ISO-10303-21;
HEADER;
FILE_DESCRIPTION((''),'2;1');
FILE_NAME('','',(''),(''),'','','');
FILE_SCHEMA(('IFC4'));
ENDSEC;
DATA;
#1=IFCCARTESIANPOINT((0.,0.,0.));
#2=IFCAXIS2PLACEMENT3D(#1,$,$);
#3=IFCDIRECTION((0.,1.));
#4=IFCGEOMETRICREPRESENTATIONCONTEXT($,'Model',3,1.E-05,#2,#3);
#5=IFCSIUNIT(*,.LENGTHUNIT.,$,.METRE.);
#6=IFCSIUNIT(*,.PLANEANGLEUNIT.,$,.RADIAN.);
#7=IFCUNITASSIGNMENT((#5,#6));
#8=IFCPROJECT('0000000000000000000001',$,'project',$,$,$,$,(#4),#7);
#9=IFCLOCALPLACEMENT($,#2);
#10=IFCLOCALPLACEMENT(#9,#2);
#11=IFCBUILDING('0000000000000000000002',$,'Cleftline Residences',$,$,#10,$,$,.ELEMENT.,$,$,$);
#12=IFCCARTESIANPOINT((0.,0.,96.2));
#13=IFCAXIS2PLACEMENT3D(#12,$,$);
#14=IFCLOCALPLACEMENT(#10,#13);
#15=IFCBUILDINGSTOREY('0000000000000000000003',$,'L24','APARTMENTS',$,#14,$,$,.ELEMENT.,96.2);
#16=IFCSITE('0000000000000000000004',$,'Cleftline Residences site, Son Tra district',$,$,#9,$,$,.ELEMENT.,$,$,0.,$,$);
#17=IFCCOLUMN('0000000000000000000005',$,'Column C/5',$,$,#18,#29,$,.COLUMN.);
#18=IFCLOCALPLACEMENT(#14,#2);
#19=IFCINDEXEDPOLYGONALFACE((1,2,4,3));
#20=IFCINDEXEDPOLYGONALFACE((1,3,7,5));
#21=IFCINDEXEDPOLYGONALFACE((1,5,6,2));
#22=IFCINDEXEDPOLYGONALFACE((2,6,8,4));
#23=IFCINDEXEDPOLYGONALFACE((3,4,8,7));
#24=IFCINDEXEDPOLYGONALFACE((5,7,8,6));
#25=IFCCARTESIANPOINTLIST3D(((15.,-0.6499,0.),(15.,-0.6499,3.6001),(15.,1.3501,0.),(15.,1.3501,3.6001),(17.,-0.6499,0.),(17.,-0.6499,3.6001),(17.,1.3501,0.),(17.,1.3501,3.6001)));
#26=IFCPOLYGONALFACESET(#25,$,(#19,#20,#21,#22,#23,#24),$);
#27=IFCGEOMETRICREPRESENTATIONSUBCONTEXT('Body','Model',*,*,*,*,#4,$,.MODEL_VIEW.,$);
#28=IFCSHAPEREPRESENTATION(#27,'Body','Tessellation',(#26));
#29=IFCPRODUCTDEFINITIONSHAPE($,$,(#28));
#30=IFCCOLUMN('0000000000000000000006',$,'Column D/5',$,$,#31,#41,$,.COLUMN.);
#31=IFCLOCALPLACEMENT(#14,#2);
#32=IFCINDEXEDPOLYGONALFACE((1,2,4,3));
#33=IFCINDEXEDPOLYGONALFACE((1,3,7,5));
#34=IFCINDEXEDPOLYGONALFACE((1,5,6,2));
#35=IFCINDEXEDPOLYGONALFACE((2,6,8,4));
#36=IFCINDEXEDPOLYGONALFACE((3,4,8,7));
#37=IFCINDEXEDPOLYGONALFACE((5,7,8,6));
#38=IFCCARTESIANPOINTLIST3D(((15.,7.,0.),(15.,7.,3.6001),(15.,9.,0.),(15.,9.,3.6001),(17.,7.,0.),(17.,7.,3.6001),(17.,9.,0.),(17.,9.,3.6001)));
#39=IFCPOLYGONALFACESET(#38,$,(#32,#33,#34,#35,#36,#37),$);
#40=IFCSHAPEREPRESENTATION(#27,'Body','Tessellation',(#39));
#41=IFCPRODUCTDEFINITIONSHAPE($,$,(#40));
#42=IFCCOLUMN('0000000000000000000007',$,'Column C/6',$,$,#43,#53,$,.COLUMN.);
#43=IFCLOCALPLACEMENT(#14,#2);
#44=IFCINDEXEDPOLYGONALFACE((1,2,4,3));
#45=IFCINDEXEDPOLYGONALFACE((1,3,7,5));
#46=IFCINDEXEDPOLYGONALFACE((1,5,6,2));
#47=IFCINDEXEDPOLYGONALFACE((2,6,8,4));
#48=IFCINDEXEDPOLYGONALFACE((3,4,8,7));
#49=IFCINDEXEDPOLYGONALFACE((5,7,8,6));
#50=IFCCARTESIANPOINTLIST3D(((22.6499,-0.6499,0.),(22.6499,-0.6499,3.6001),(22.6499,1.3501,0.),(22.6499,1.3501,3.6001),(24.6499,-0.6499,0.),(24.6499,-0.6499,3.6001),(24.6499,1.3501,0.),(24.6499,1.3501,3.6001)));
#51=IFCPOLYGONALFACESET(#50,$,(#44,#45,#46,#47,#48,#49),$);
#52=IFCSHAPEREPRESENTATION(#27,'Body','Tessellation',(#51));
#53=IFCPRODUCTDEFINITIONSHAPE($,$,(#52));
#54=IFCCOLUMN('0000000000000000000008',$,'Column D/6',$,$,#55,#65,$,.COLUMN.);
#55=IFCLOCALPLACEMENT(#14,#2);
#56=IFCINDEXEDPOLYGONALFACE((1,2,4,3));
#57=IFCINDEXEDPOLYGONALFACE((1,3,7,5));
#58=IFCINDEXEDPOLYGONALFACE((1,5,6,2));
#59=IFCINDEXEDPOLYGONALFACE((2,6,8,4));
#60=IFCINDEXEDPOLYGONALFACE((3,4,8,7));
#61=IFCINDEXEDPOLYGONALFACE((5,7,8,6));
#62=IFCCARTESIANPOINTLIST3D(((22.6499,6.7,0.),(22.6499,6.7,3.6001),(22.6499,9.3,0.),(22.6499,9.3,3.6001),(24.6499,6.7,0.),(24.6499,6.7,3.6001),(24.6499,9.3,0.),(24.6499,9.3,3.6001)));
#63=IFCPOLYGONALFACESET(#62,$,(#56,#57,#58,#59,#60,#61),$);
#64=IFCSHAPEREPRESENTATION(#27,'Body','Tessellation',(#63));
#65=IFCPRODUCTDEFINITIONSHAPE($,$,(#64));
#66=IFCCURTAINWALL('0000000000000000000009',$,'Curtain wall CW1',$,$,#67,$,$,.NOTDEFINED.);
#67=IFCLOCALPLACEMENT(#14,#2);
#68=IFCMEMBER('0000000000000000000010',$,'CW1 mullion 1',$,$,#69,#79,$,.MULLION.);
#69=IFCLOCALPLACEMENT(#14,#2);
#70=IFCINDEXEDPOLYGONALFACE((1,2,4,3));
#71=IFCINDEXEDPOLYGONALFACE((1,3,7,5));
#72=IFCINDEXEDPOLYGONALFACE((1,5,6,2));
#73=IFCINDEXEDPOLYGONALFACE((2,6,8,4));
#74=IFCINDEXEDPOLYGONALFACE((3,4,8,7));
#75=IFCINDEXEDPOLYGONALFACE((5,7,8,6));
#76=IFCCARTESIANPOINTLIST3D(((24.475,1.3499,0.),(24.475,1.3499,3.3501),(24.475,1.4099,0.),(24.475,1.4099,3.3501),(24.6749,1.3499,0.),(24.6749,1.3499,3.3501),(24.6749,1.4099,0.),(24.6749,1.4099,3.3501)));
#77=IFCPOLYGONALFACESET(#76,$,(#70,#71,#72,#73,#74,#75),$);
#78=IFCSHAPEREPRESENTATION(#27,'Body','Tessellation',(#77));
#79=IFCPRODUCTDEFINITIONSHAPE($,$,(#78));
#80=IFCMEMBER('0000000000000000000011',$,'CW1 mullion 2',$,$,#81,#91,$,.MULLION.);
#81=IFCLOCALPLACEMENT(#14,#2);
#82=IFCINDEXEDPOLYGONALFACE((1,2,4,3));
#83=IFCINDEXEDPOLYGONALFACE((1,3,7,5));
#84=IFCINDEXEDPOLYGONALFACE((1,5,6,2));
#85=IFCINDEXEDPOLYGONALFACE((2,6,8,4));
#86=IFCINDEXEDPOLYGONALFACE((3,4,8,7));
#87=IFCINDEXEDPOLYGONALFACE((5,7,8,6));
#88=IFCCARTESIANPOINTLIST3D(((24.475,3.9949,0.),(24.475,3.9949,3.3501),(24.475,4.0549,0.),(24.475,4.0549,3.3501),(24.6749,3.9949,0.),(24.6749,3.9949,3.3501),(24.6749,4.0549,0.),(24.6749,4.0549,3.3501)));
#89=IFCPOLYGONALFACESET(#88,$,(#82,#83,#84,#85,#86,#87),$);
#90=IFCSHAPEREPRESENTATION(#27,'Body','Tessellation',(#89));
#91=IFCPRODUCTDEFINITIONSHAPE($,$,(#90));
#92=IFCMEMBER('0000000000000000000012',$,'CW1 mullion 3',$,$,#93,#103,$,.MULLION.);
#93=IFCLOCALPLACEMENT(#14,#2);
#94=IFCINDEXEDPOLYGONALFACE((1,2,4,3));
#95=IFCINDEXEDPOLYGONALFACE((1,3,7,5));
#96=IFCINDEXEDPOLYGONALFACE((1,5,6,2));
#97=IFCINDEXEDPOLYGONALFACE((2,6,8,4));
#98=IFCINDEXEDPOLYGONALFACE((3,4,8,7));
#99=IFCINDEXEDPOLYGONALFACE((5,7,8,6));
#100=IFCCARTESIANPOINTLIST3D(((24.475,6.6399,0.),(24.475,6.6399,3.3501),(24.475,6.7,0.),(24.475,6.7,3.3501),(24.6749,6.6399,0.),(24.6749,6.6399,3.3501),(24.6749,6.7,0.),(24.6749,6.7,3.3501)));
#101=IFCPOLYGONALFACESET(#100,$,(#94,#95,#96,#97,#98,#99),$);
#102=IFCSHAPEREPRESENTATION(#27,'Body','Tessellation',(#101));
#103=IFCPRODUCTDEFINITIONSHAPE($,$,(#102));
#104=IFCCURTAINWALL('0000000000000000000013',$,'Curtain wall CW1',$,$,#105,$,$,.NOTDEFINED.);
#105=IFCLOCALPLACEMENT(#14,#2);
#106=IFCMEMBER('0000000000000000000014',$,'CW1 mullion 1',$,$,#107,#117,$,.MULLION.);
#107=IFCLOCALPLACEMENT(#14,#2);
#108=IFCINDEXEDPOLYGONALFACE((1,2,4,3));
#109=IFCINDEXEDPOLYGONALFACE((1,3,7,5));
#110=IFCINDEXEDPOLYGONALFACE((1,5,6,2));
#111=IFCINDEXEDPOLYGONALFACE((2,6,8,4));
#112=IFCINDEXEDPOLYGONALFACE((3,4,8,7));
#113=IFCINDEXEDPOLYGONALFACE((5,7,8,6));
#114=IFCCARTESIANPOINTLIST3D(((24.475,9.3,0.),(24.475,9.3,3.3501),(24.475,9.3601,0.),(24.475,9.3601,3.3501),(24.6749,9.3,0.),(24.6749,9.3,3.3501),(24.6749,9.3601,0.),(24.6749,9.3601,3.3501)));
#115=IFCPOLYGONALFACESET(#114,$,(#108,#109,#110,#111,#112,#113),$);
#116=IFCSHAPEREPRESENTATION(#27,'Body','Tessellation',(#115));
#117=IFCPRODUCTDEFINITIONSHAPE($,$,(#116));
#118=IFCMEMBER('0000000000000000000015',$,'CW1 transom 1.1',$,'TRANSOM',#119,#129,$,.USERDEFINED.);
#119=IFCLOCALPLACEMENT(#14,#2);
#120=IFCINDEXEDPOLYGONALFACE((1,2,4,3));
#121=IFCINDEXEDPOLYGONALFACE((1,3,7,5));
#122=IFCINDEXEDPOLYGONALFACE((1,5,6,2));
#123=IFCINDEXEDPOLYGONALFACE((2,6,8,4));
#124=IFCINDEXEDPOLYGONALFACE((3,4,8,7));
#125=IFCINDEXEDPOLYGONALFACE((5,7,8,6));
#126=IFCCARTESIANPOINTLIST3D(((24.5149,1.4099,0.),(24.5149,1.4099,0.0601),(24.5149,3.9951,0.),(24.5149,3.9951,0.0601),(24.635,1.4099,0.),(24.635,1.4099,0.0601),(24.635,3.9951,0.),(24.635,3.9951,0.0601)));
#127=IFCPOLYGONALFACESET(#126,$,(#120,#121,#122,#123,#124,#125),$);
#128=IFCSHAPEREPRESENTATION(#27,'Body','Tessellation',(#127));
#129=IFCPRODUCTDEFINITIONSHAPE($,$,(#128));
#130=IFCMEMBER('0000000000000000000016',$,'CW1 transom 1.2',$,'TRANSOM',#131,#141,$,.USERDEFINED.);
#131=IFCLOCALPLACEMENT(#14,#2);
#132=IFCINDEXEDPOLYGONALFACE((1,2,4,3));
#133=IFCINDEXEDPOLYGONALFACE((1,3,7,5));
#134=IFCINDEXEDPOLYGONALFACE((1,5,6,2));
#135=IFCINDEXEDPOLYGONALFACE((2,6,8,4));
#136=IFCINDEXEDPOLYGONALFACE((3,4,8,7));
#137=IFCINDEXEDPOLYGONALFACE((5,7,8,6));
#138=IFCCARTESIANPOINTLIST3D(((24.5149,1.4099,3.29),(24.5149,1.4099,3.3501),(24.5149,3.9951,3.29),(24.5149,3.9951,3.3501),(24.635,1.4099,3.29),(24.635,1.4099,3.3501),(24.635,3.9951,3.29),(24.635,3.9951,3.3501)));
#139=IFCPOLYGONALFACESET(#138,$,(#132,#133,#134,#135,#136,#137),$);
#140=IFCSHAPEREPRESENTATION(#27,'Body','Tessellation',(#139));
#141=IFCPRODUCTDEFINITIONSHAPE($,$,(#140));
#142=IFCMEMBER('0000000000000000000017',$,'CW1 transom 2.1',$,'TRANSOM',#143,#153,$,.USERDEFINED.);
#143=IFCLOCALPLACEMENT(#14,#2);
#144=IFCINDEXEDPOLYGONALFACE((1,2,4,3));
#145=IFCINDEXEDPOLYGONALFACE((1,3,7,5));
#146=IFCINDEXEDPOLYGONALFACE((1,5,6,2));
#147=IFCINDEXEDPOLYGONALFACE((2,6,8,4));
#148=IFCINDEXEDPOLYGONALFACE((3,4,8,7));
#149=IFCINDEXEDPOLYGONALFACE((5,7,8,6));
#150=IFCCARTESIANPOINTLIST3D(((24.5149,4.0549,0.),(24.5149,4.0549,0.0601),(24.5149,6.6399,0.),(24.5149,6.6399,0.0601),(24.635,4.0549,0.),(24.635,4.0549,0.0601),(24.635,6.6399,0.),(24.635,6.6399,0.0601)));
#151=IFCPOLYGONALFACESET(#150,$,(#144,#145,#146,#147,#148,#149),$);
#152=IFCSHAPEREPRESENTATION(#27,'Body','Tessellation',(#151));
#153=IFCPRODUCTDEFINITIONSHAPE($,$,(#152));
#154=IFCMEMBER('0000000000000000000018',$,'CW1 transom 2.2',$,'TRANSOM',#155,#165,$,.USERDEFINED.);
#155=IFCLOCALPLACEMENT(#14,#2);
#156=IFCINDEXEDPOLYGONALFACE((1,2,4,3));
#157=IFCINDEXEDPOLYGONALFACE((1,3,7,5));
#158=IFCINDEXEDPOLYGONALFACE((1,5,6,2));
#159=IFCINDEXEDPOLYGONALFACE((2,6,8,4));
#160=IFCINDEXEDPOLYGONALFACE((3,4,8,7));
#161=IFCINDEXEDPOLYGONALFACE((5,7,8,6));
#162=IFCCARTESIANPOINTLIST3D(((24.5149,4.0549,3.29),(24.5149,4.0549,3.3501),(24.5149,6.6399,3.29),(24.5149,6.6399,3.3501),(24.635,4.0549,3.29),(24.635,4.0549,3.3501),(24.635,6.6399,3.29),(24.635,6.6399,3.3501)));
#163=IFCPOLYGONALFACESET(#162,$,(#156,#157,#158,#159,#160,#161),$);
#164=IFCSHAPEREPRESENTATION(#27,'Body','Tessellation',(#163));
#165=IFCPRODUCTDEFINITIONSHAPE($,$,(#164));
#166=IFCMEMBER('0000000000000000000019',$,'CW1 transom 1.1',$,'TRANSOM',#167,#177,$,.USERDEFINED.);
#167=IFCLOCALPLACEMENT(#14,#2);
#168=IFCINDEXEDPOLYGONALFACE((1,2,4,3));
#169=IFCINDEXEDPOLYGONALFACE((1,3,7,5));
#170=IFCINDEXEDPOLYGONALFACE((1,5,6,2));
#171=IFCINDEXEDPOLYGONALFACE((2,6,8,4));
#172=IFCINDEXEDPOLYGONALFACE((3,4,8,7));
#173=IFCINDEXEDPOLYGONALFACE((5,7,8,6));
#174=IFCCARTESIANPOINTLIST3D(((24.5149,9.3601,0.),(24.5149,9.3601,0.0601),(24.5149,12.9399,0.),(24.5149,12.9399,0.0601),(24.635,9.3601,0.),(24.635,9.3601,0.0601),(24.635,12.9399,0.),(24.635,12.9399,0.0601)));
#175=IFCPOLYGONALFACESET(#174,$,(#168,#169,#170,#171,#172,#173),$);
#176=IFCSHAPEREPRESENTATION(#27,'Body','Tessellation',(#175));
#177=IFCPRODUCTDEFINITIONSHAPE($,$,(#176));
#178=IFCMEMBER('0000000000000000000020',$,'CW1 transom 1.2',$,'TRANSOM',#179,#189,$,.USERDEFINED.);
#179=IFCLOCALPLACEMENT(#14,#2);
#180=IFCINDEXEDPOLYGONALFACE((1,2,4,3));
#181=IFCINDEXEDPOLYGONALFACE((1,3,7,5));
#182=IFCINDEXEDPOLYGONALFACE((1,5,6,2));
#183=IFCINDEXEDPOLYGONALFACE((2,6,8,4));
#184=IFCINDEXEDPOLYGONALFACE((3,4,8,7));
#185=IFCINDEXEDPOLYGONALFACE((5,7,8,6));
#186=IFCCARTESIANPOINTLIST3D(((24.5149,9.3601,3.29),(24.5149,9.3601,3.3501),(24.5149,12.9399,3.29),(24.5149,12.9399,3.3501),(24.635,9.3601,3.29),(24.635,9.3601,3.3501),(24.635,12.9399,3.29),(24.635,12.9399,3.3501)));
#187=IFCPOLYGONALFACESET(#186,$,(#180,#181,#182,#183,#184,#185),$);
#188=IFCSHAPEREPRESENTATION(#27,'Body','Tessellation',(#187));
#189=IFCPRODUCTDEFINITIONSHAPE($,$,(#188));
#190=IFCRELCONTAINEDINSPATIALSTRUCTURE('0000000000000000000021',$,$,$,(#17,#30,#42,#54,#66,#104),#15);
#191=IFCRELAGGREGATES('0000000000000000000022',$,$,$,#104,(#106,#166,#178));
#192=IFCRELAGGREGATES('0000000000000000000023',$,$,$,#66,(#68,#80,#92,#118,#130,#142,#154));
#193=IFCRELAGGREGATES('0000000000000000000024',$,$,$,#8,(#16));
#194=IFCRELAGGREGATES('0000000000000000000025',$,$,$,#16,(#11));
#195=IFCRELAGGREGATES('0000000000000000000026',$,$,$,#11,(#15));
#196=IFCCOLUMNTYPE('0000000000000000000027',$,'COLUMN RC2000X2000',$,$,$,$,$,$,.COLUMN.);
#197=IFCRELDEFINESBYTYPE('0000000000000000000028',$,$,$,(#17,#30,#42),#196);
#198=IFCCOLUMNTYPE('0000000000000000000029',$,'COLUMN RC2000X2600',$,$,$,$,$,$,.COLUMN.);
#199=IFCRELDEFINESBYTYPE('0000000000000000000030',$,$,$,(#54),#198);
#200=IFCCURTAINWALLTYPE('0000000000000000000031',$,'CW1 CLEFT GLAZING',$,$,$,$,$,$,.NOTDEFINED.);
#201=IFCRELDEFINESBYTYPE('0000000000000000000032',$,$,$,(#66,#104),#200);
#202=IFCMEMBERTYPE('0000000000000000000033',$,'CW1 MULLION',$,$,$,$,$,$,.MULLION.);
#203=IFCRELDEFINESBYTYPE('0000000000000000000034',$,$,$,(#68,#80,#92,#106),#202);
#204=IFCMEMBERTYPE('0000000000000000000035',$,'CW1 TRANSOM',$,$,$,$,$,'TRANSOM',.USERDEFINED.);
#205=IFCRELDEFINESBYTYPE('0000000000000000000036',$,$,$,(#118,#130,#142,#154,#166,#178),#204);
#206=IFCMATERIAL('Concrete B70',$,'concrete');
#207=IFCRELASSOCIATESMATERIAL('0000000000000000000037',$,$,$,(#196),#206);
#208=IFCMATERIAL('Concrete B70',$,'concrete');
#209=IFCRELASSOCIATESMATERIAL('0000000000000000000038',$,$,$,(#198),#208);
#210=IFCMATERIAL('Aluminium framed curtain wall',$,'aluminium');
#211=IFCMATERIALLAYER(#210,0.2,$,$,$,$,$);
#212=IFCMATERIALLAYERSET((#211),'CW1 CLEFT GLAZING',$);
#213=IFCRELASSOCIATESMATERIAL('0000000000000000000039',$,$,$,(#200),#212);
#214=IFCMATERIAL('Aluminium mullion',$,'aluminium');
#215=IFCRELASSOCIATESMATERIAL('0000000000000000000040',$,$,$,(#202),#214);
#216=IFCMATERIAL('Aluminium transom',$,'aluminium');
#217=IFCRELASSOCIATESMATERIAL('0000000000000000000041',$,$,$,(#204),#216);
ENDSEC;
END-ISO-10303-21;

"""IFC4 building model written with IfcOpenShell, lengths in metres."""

from ifc_helpers import new_model, si_unit, direction, frame, origin, origin_2d, place, context, subcontext, project, spatial, rectangle, extrude, material, layer, layer_set, material_profile, profile_set, type_object, element, aggregate, save


model = new_model("IFC4")

# Units and contexts
model_context = context("Model", 3, precision=1e-05, world=origin(), true_north=direction((0.0, 1.0)))
body_context = subcontext(model_context, "Body", "Model", "MODEL_VIEW")
ifc_project = project(units=[si_unit("LENGTHUNIT", "METRE"), si_unit("PLANEANGLEUNIT", "RADIAN")], contexts=[model_context])

# Site, building, storey
site_placement = place(None, origin())
site = spatial("IfcSite", under=ifc_project, at=site_placement, Name="Cleftline Residences site, Son Tra district", CompositionType="ELEMENT", RefElevation=0.0)
building_placement = place(site_placement, origin())
building = spatial("IfcBuilding", under=site, at=building_placement, Name="Cleftline Residences", CompositionType="ELEMENT")
storey_placement = place(building_placement, frame((0.0, 0.0, 96.2)))
storey = spatial("IfcBuildingStorey", under=building, at=storey_placement, Name="L24", Description="APARTMENTS", CompositionType="ELEMENT", Elevation=96.2)

# Columns
ifc_material_1 = material(Name="Concrete B70", Category="concrete")
ifc_material_profile_1 = material_profile(ifc_material_1, rectangle(XDim=2.0, YDim=2.0, at=origin_2d()))
ifc_profile_set_1 = profile_set([ifc_material_profile_1], Name="Concrete B70")
column_type_1 = type_object("IfcColumnType", Name="COLUMN RC2000X2000", PredefinedType="COLUMN", material=ifc_profile_set_1)
for number, where, z_axis, x_axis, name in (
    (1, (16.0, 0.3501, 0.0), (0.0, 0.0, 1.0), (1.0, 0.0, 0.0), "Column C/5"),
    (2, (16.0, 8.0, 0.0), (0.0, 0.0, 1.0), (1.0, 0.0, 0.0), "Column D/5"),
    (3, (23.6499, 0.3501, 0.0), (0.0, 0.0, 1.0), (1.0, 0.0, 0.0), "Column C/6"),
):
    element("IfcColumn", number, at=place(storey_placement, frame(where, z_axis=z_axis, x_axis=x_axis)), inside=storey, type_object=column_type_1, Name=name, PredefinedType="COLUMN", context=body_context, shape_type="SweptSolid", body=[
        extrude(rectangle(XDim=2.0, YDim=2.0, at=origin_2d()), origin(), (0.0, 0.0, 1.0), 3.6001),
    ])
ifc_material_2 = material(Name="Concrete B70", Category="concrete")
ifc_material_profile_2 = material_profile(ifc_material_2, rectangle(XDim=2.0, YDim=2.6001, at=origin_2d()))
ifc_profile_set_2 = profile_set([ifc_material_profile_2], Name="Concrete B70")
column_type_2 = type_object("IfcColumnType", Name="COLUMN RC2000X2600", PredefinedType="COLUMN", material=ifc_profile_set_2)
column_placement = place(storey_placement, frame((23.6499, 8.0, 0.0), z_axis=(0.0, 0.0, 1.0), x_axis=(1.0, 0.0, 0.0)))
element("IfcColumn", 4, at=column_placement, inside=storey, type_object=column_type_2, Name="Column D/6", PredefinedType="COLUMN", context=body_context, shape_type="SweptSolid", body=[
    extrude(rectangle(XDim=2.0, YDim=2.6001, at=origin_2d()), origin(), (0.0, 0.0, 1.0), 3.6001),
])

# Curtain wall, members
ifc_material_3 = material(Name="Aluminium framed curtain wall", Category="aluminium")
ifc_layer_1 = layer(ifc_material_3, 0.2)
ifc_layer_set_1 = layer_set([ifc_layer_1], Name="CW1 CLEFT GLAZING")
curtain_wall_type = type_object("IfcCurtainWallType", Name="CW1 CLEFT GLAZING", PredefinedType="NOTDEFINED", material=ifc_layer_set_1)
curtain_wall_1_placement = place(storey_placement, origin())
curtain_wall_1 = element("IfcCurtainWall", 5, at=curtain_wall_1_placement, inside=storey, type_object=curtain_wall_type, Name="Curtain wall CW1", PredefinedType="NOTDEFINED")
ifc_material_4 = material(Name="Aluminium mullion", Category="aluminium")
ifc_material_profile_3 = material_profile(ifc_material_4, rectangle(XDim=0.2, YDim=0.0601, at=origin_2d()))
ifc_profile_set_3 = profile_set([ifc_material_profile_3], Name="Aluminium mullion")
member_type_1 = type_object("IfcMemberType", Name="CW1 MULLION", PredefinedType="MULLION", material=ifc_profile_set_3)
member_1_placement = place(storey_placement, frame((24.575, 1.3799, 0.0), z_axis=(0.0, 0.0, 1.0), x_axis=(-1.0, 0.0, 0.0)))
member_1 = element("IfcMember", 6, at=member_1_placement, type_object=member_type_1, Name="CW1 mullion 1", PredefinedType="MULLION", context=body_context, shape_type="SweptSolid", body=[
    extrude(rectangle(XDim=0.2, YDim=0.0601, at=origin_2d()), origin(), (0.0, 0.0, 1.0), 3.3501),
])
member_2_placement = place(storey_placement, frame((24.575, 4.0249, 0.0), z_axis=(0.0, 0.0, 1.0), x_axis=(-1.0, 0.0, 0.0)))
member_2 = element("IfcMember", 7, at=member_2_placement, type_object=member_type_1, Name="CW1 mullion 2", PredefinedType="MULLION", context=body_context, shape_type="SweptSolid", body=[
    extrude(rectangle(XDim=0.2, YDim=0.0601, at=origin_2d()), origin(), (0.0, 0.0, 1.0), 3.3501),
])
member_3_placement = place(storey_placement, frame((24.575, 6.6699, 0.0), z_axis=(0.0, 0.0, 1.0), x_axis=(-1.0, 0.0, 0.0)))
member_3 = element("IfcMember", 8, at=member_3_placement, type_object=member_type_1, Name="CW1 mullion 3", PredefinedType="MULLION", context=body_context, shape_type="SweptSolid", body=[
    extrude(rectangle(XDim=0.2, YDim=0.0601, at=origin_2d()), origin(), (0.0, 0.0, 1.0), 3.3501),
])

# Curtain wall, member
curtain_wall_2_placement = place(storey_placement, origin())
curtain_wall_2 = element("IfcCurtainWall", 9, at=curtain_wall_2_placement, inside=storey, type_object=curtain_wall_type, Name="Curtain wall CW1", PredefinedType="NOTDEFINED")
member_4_placement = place(storey_placement, frame((24.575, 9.3301, 0.0), z_axis=(0.0, 0.0, 1.0), x_axis=(-1.0, 0.0, 0.0)))
member_4 = element("IfcMember", 10, at=member_4_placement, type_object=member_type_1, Name="CW1 mullion 1", PredefinedType="MULLION", context=body_context, shape_type="SweptSolid", body=[
    extrude(rectangle(XDim=0.2, YDim=0.0601, at=origin_2d()), origin(), (0.0, 0.0, 1.0), 3.3501),
])

# Members
ifc_material_5 = material(Name="Aluminium transom", Category="aluminium")
ifc_material_profile_4 = material_profile(ifc_material_5, rectangle(XDim=0.1201, YDim=0.0601, at=origin_2d()))
ifc_profile_set_4 = profile_set([ifc_material_profile_4], Name="Aluminium transom")
member_type_2 = type_object("IfcMemberType", Name="CW1 TRANSOM", ElementType="TRANSOM", PredefinedType="USERDEFINED", material=ifc_profile_set_4)
member_5_placement = place(storey_placement, frame((24.575, 1.4099, 0.03), z_axis=(0.0, 1.0, 0.0), x_axis=(-1.0, 0.0, 0.0)))
member_5 = element("IfcMember", 11, at=member_5_placement, type_object=member_type_2, Name="CW1 transom 1.1", ObjectType="TRANSOM", PredefinedType="USERDEFINED", context=body_context, shape_type="SweptSolid", body=[
    extrude(rectangle(XDim=0.1201, YDim=0.0601, at=origin_2d()), origin(), (0.0, 0.0, 1.0), 2.5852),
])
member_6_placement = place(storey_placement, frame((24.575, 1.4099, 3.3201), z_axis=(0.0, 1.0, 0.0), x_axis=(-1.0, 0.0, 0.0)))
member_6 = element("IfcMember", 12, at=member_6_placement, type_object=member_type_2, Name="CW1 transom 1.2", ObjectType="TRANSOM", PredefinedType="USERDEFINED", context=body_context, shape_type="SweptSolid", body=[
    extrude(rectangle(XDim=0.1201, YDim=0.0601, at=origin_2d()), origin(), (0.0, 0.0, 1.0), 2.5852),
])
member_7_placement = place(storey_placement, frame((24.575, 4.0549, 0.03), z_axis=(0.0, 1.0, 0.0), x_axis=(-1.0, 0.0, 0.0)))
member_7 = element("IfcMember", 13, at=member_7_placement, type_object=member_type_2, Name="CW1 transom 2.1", ObjectType="TRANSOM", PredefinedType="USERDEFINED", context=body_context, shape_type="SweptSolid", body=[
    extrude(rectangle(XDim=0.1201, YDim=0.0601, at=origin_2d()), origin(), (0.0, 0.0, 1.0), 2.585),
])
member_8_placement = place(storey_placement, frame((24.575, 4.0549, 3.3201), z_axis=(0.0, 1.0, 0.0), x_axis=(-1.0, 0.0, 0.0)))
member_8 = element("IfcMember", 14, at=member_8_placement, type_object=member_type_2, Name="CW1 transom 2.2", ObjectType="TRANSOM", PredefinedType="USERDEFINED", context=body_context, shape_type="SweptSolid", body=[
    extrude(rectangle(XDim=0.1201, YDim=0.0601, at=origin_2d()), origin(), (0.0, 0.0, 1.0), 2.585),
])
member_9_placement = place(storey_placement, frame((24.575, 9.3601, 0.03), z_axis=(0.0, 1.0, 0.0), x_axis=(-1.0, 0.0, 0.0)))
member_9 = element("IfcMember", 15, at=member_9_placement, type_object=member_type_2, Name="CW1 transom 1.1", ObjectType="TRANSOM", PredefinedType="USERDEFINED", context=body_context, shape_type="SweptSolid", body=[
    extrude(rectangle(XDim=0.1201, YDim=0.0601, at=origin_2d()), origin(), (0.0, 0.0, 1.0), 3.5798),
])
member_10_placement = place(storey_placement, frame((24.575, 9.3601, 3.3201), z_axis=(0.0, 1.0, 0.0), x_axis=(-1.0, 0.0, 0.0)))
member_10 = element("IfcMember", 16, at=member_10_placement, type_object=member_type_2, Name="CW1 transom 1.2", ObjectType="TRANSOM", PredefinedType="USERDEFINED", context=body_context, shape_type="SweptSolid", body=[
    extrude(rectangle(XDim=0.1201, YDim=0.0601, at=origin_2d()), origin(), (0.0, 0.0, 1.0), 3.5798),
])
aggregate(curtain_wall_2, [member_4, member_9, member_10])

aggregate(curtain_wall_1, [member_1, member_2, member_3, member_5, member_6, member_7, member_8])

save(model, "model.ifc")
